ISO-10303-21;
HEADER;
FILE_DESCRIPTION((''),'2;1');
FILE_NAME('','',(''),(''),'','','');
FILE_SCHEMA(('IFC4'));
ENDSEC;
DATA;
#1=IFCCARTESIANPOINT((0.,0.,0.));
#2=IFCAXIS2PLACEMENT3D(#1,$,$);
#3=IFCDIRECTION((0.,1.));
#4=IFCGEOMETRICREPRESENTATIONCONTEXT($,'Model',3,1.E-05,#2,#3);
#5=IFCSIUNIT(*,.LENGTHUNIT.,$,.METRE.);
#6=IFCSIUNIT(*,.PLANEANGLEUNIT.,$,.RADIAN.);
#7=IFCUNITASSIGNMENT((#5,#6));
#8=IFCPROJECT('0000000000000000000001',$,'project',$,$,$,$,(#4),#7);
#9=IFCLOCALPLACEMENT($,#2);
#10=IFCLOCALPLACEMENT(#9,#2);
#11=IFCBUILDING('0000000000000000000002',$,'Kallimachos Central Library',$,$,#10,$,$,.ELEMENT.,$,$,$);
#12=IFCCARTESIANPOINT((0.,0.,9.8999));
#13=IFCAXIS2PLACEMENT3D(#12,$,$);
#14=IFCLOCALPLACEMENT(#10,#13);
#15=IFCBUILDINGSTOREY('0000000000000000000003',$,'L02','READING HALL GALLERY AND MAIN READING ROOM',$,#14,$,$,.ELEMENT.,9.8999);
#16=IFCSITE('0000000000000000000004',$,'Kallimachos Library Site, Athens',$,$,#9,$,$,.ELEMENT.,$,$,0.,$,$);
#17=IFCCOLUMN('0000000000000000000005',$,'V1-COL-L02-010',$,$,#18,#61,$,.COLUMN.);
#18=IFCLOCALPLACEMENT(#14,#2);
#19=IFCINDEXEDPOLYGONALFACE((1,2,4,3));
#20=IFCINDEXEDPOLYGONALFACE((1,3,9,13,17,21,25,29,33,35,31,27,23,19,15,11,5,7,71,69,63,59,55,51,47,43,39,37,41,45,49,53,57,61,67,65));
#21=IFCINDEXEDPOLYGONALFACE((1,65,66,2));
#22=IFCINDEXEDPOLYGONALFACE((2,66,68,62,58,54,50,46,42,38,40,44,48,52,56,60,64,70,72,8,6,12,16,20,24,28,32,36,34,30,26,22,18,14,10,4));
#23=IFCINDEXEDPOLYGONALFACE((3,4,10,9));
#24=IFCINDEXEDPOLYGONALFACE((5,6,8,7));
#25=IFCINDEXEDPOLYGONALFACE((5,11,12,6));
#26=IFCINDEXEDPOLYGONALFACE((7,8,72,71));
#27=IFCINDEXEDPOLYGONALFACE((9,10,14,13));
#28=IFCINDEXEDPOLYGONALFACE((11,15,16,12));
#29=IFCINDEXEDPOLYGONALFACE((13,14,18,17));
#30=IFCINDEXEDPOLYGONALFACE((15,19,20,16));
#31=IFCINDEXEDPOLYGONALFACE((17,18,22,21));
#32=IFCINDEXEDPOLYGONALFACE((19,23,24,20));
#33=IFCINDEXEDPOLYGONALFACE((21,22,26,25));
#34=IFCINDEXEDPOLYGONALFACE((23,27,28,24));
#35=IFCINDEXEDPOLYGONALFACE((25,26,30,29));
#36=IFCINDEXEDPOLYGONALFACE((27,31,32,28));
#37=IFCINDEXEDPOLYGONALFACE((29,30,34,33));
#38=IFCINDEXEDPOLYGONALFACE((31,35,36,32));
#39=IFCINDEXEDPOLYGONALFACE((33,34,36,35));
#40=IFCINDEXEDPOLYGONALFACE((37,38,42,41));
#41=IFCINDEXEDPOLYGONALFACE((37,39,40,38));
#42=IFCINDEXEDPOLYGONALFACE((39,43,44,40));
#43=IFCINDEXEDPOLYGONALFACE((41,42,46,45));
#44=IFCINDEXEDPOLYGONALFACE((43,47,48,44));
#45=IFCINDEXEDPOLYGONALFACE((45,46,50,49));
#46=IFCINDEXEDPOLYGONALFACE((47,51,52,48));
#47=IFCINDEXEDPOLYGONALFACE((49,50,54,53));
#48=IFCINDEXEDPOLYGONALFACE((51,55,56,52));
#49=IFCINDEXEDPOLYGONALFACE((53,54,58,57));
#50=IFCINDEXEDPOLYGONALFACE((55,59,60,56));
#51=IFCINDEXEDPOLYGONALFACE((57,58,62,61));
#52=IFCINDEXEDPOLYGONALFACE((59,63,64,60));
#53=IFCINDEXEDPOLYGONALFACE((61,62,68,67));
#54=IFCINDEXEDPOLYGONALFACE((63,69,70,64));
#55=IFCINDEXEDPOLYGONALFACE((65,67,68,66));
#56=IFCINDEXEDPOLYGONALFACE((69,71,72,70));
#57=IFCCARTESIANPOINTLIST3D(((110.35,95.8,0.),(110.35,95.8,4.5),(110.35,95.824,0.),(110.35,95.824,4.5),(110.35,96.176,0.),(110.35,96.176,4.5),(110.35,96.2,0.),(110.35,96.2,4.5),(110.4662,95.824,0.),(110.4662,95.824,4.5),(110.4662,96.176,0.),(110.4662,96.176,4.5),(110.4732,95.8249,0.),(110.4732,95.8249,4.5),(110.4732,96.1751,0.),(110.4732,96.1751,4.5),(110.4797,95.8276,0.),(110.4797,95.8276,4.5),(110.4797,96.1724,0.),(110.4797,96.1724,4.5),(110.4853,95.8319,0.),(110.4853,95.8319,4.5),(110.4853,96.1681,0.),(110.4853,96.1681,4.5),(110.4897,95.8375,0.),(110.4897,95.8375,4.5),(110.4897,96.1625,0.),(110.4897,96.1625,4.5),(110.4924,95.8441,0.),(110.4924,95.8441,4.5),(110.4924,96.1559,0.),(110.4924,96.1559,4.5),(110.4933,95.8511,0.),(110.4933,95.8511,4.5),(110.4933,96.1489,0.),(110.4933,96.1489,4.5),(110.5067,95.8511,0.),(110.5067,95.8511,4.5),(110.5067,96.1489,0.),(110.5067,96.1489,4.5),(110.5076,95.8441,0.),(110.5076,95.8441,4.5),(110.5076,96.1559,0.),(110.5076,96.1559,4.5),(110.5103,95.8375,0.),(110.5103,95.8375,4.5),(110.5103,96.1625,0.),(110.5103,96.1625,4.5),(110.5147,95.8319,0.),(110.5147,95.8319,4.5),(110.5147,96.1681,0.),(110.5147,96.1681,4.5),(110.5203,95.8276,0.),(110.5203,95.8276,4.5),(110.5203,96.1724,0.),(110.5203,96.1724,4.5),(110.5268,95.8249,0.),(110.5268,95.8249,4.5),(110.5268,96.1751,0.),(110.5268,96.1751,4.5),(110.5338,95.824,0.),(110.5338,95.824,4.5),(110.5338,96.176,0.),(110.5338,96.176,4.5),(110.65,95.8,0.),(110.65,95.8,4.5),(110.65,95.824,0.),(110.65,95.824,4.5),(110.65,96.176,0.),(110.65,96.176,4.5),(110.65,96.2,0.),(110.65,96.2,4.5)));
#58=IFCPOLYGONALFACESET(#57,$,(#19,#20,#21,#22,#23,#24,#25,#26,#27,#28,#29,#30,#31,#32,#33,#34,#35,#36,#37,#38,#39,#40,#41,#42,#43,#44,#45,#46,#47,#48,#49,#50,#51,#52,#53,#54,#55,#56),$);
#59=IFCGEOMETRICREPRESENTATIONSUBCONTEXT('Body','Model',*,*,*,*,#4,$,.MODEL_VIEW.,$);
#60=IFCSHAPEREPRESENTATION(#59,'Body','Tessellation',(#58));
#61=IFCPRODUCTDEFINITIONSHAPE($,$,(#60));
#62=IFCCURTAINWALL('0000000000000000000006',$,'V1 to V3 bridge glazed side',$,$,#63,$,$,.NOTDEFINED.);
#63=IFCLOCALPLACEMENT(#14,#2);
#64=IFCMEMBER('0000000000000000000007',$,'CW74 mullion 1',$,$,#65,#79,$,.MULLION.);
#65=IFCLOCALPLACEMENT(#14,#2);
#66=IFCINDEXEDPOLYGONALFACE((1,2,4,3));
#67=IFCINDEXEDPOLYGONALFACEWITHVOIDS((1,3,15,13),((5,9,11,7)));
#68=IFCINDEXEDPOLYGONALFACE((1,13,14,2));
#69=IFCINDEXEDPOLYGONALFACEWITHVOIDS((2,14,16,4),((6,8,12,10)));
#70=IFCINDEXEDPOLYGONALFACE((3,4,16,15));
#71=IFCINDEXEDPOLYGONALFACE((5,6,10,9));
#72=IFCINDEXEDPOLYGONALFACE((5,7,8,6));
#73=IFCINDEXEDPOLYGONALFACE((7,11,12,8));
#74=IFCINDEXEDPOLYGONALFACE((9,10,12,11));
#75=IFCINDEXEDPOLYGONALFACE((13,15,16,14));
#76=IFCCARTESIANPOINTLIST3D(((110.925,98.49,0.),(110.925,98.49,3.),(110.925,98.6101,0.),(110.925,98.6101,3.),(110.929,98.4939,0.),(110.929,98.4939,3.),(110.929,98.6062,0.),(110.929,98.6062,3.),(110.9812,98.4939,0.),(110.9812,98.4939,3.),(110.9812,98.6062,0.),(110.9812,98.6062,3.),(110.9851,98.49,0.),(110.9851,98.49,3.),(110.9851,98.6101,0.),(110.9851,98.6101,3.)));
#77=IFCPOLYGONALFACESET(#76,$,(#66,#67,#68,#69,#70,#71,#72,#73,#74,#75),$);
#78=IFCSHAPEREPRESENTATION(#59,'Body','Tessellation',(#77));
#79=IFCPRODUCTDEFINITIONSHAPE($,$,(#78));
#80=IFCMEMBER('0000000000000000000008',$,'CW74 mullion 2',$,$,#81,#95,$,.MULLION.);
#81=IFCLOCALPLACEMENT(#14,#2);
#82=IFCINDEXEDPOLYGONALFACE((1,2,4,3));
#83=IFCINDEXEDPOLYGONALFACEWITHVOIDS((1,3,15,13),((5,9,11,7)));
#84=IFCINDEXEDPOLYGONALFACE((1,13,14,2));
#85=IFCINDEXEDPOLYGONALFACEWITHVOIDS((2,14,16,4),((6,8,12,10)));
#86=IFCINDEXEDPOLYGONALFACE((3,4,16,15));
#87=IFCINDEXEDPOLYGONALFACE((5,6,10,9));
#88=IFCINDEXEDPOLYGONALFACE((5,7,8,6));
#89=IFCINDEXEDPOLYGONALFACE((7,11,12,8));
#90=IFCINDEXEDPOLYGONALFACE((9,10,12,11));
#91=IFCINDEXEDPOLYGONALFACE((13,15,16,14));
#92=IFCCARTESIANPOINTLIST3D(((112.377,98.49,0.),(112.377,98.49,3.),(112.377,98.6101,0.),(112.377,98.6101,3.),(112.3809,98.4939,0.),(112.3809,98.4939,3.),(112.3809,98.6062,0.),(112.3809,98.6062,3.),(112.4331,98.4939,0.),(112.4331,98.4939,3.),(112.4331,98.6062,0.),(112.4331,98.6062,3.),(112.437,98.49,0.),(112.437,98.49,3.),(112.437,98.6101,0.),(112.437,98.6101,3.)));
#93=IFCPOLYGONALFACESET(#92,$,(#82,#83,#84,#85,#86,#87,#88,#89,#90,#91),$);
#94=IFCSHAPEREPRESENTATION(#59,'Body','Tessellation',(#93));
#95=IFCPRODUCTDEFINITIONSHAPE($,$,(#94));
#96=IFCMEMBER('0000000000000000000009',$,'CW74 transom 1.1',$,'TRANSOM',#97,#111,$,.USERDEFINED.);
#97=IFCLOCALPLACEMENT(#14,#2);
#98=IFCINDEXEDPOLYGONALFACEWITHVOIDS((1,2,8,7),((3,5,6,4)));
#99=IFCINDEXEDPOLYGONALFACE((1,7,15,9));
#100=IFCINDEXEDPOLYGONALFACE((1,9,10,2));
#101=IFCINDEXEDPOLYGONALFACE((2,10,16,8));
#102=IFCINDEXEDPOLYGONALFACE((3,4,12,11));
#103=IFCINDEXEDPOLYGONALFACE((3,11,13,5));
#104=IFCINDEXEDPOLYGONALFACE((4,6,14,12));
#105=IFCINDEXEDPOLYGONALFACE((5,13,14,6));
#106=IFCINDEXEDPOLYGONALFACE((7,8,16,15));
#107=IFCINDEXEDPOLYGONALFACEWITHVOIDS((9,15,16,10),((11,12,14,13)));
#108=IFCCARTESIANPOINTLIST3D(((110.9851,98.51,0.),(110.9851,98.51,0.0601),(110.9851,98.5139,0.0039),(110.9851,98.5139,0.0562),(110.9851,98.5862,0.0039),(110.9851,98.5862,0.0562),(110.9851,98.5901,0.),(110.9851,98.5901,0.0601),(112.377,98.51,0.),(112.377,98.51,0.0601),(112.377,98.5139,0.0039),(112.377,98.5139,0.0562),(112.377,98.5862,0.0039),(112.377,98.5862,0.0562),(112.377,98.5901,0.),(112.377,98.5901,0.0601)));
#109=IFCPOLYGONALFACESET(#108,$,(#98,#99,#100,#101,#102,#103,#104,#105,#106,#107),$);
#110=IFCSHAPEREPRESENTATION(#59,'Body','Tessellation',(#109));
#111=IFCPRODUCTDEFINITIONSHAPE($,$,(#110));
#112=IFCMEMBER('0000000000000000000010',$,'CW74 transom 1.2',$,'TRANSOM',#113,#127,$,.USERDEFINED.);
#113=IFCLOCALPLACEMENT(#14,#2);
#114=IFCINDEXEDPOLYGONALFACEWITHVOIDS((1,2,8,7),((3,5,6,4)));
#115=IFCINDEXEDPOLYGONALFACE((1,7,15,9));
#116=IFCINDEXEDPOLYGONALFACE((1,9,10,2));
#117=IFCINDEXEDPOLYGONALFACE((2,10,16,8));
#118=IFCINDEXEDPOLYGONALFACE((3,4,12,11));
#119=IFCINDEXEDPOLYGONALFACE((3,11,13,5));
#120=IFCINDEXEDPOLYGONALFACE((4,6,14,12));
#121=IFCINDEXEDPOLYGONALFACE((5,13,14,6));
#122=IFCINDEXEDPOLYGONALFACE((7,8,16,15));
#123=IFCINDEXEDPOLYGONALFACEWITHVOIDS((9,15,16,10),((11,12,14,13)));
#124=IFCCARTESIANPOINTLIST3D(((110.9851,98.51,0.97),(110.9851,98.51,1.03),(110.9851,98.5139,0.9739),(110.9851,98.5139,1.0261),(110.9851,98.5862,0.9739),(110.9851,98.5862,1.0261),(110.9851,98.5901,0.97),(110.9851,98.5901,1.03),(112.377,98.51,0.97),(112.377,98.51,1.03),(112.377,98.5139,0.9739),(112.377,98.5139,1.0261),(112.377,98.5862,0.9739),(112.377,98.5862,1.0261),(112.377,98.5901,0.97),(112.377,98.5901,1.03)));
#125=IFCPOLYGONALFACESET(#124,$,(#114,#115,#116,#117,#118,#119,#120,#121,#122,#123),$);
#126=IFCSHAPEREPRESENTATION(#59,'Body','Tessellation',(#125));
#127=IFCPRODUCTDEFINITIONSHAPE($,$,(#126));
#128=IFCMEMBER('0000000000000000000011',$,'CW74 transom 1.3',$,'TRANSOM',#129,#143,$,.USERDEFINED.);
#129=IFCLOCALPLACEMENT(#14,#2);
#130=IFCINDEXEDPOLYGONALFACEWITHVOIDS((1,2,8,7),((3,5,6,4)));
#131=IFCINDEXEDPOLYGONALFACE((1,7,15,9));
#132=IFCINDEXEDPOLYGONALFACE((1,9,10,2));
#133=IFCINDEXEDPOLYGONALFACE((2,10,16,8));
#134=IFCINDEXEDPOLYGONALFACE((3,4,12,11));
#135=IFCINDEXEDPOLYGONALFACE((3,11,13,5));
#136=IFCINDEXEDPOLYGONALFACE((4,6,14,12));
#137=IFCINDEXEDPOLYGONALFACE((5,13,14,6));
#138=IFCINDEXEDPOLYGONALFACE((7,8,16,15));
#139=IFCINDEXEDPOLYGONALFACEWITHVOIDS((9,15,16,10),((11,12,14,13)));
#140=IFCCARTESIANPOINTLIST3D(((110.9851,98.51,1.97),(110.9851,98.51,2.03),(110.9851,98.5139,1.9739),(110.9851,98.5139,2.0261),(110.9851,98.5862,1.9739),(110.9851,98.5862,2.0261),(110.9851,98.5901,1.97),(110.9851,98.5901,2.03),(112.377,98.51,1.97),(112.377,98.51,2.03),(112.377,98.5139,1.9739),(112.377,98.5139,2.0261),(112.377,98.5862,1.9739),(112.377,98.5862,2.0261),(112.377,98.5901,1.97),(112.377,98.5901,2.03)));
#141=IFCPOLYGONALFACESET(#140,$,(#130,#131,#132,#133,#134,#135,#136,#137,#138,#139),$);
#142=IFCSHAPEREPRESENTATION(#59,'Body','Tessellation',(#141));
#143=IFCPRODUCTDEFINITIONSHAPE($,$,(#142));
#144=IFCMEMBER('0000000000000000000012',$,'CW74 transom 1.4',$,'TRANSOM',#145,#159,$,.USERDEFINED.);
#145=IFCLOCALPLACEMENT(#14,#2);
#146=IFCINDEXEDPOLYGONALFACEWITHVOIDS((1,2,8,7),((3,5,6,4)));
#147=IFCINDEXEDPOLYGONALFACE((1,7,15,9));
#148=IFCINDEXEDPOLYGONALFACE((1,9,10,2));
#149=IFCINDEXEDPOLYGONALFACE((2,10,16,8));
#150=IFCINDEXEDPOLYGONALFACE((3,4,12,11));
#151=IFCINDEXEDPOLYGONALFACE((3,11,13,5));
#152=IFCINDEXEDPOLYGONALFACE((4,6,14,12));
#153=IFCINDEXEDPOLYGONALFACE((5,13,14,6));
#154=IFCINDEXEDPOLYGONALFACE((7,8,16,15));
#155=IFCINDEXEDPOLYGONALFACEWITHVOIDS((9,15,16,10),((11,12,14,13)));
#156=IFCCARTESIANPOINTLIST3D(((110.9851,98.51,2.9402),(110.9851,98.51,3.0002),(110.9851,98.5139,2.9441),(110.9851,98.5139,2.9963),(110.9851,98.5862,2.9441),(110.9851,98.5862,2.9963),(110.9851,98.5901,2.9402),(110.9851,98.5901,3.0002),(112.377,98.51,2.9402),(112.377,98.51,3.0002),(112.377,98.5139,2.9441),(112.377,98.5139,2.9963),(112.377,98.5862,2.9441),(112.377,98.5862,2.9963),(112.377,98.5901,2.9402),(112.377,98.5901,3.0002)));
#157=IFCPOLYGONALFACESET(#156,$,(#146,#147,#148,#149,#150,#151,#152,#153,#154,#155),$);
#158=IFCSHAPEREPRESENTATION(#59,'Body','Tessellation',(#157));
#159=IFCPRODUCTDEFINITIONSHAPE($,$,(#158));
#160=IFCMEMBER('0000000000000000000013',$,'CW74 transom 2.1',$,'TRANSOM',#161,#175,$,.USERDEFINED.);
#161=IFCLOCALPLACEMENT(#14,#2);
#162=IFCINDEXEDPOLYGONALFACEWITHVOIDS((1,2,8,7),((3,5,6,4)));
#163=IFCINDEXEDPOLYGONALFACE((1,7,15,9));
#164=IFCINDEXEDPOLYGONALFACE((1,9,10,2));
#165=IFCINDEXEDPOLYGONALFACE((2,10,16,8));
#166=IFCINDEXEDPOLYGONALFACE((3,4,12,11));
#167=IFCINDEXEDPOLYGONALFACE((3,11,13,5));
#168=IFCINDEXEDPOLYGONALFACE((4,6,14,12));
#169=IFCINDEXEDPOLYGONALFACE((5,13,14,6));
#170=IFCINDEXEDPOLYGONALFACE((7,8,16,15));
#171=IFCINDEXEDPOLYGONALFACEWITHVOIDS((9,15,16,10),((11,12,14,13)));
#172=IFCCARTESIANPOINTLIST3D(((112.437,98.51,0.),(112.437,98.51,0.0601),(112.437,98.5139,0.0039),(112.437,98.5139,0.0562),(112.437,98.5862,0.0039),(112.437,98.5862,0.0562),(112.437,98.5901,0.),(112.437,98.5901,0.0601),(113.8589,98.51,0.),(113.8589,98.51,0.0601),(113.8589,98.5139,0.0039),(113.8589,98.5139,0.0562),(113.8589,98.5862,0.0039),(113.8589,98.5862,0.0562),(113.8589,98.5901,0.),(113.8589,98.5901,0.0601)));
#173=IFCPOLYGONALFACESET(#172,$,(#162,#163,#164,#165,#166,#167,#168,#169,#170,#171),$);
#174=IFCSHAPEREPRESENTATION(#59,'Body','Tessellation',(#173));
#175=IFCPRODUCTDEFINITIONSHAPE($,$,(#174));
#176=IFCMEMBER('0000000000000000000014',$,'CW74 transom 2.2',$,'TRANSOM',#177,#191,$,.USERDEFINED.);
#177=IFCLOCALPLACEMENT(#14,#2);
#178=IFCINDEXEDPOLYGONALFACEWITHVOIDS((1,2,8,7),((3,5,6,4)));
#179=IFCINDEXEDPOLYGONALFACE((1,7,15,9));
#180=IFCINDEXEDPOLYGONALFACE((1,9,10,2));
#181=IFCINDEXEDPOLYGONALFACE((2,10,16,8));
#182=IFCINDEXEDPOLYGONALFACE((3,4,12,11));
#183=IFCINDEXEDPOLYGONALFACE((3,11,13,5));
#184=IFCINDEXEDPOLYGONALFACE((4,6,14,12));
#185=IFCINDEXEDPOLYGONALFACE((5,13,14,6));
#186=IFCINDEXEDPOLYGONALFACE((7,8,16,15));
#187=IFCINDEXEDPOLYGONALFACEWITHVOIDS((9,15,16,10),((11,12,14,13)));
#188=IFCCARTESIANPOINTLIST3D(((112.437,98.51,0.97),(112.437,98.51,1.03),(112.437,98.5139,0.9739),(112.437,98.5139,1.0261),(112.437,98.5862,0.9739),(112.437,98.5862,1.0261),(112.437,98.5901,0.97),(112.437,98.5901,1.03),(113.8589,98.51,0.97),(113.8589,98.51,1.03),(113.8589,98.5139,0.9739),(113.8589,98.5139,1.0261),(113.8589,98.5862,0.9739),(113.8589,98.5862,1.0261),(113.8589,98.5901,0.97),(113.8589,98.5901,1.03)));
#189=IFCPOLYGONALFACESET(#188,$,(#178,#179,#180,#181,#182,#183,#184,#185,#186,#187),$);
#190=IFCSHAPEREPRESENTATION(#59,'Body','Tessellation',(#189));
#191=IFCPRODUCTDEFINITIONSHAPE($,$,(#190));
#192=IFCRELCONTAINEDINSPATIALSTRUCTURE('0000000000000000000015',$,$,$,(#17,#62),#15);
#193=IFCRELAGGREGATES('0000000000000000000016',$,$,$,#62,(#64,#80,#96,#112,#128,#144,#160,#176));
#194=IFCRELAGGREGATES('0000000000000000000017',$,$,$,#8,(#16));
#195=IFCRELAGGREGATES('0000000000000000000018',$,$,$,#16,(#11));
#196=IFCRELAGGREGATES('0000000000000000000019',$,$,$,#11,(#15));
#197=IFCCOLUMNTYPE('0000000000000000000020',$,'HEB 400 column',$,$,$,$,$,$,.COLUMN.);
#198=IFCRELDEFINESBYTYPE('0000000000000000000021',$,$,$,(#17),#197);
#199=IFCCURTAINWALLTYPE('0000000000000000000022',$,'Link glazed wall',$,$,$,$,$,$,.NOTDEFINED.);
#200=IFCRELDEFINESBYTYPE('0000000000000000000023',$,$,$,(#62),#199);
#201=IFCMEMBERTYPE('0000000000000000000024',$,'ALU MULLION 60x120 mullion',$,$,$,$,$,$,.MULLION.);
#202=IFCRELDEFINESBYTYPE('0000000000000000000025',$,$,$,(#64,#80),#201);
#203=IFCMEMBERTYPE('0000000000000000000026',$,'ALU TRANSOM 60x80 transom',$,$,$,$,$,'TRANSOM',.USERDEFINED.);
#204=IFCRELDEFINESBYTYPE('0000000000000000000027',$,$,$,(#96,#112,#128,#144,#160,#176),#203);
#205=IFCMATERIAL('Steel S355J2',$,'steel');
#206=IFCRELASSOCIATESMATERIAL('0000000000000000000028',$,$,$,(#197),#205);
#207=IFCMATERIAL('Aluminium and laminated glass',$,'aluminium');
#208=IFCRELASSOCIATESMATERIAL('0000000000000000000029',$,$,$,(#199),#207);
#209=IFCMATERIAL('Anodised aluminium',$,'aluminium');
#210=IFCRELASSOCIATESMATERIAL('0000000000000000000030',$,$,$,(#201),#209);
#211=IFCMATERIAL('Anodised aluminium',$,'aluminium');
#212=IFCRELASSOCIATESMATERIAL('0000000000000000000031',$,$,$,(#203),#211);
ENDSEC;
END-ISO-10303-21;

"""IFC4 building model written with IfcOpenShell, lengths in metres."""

from ifc_helpers import new_model, si_unit, direction, frame, origin, origin_2d, place, context, subcontext, project, spatial, hollow_rectangle, i_section, extrude, material, material_profile, profile_set, type_object, element, aggregate, save


model = new_model("IFC4")

# Units and contexts
model_context = context("Model", 3, precision=1e-05, world=origin(), true_north=direction((0.0, 1.0)))
body_context = subcontext(model_context, "Body", "Model", "MODEL_VIEW")
ifc_project = project(units=[si_unit("LENGTHUNIT", "METRE"), si_unit("PLANEANGLEUNIT", "RADIAN")], contexts=[model_context])

# Site, building, storey
site_placement = place(None, origin())
site = spatial("IfcSite", under=ifc_project, at=site_placement, Name="Kallimachos Library Site, Athens", CompositionType="ELEMENT", RefElevation=0.0)
building_placement = place(site_placement, origin())
building = spatial("IfcBuilding", under=site, at=building_placement, Name="Kallimachos Central Library", CompositionType="ELEMENT")
storey_placement = place(building_placement, frame((0.0, 0.0, 9.8999)))
storey = spatial("IfcBuildingStorey", under=building, at=storey_placement, Name="L02", Description="READING HALL GALLERY AND MAIN READING ROOM", CompositionType="ELEMENT", Elevation=9.8999)

# Column
ifc_material_1 = material(Name="Steel S355J2", Category="steel")
ifc_material_profile_1 = material_profile(ifc_material_1, i_section(OverallWidth=0.3, OverallDepth=0.3999, WebThickness=0.0134, FlangeThickness=0.0239, FilletRadius=0.0271, at=origin_2d()), Name="HEB 400")
ifc_profile_set_1 = profile_set([ifc_material_profile_1], Name="Steel S355J2")
column_type = type_object("IfcColumnType", Name="HEB 400 column", PredefinedType="COLUMN", material=ifc_profile_set_1)
column_placement = place(storey_placement, frame((110.5, 96.0, 0.0), z_axis=(0.0, 0.0, 1.0), x_axis=(1.0, 0.0, 0.0)))
element("IfcColumn", 1, at=column_placement, inside=storey, type_object=column_type, Name="V1-COL-L02-010", PredefinedType="COLUMN", context=body_context, shape_type="SweptSolid", body=[
    extrude(i_section(OverallWidth=0.3, OverallDepth=0.3999, WebThickness=0.0134, FlangeThickness=0.0239, FilletRadius=0.0271, at=origin_2d()), origin(), (0.0, 0.0, 1.0), 4.5),
])

# Curtain wall, members
ifc_material_2 = material(Name="Aluminium and laminated glass", Category="aluminium")
curtain_wall_type = type_object("IfcCurtainWallType", Name="Link glazed wall", PredefinedType="NOTDEFINED", material=ifc_material_2)
curtain_wall_placement = place(storey_placement, origin())
curtain_wall = element("IfcCurtainWall", 2, at=curtain_wall_placement, inside=storey, type_object=curtain_wall_type, Name="V1 to V3 bridge glazed side", PredefinedType="NOTDEFINED")
ifc_material_3 = material(Name="Anodised aluminium", Category="aluminium")
ifc_material_profile_2 = material_profile(ifc_material_3, hollow_rectangle(XDim=0.0601, YDim=0.1201, WallThickness=0.0039, at=origin_2d()), Name="ALU MULLION 60x120")
ifc_profile_set_2 = profile_set([ifc_material_profile_2], Name="Anodised aluminium")
member_type_1 = type_object("IfcMemberType", Name="ALU MULLION 60x120 mullion", PredefinedType="MULLION", material=ifc_profile_set_2)
member_1_placement = place(storey_placement, frame((110.9551, 98.55, 0.0), z_axis=(0.0, 0.0, 1.0), x_axis=(1.0, 0.0, 0.0)))
member_1 = element("IfcMember", 3, at=member_1_placement, type_object=member_type_1, Name="CW74 mullion 1", PredefinedType="MULLION", context=body_context, shape_type="SweptSolid", body=[
    extrude(hollow_rectangle(XDim=0.0601, YDim=0.1201, WallThickness=0.0039, at=origin_2d()), origin(), (0.0, 0.0, 1.0), 3.0),
])
member_2_placement = place(storey_placement, frame((112.407, 98.55, 0.0), z_axis=(0.0, 0.0, 1.0), x_axis=(1.0, 0.0, 0.0)))
member_2 = element("IfcMember", 4, at=member_2_placement, type_object=member_type_1, Name="CW74 mullion 2", PredefinedType="MULLION", context=body_context, shape_type="SweptSolid", body=[
    extrude(hollow_rectangle(XDim=0.0601, YDim=0.1201, WallThickness=0.0039, at=origin_2d()), origin(), (0.0, 0.0, 1.0), 3.0),
])
ifc_material_4 = material(Name="Anodised aluminium", Category="aluminium")
ifc_material_profile_3 = material_profile(ifc_material_4, hollow_rectangle(XDim=0.0601, YDim=0.0801, WallThickness=0.0039, at=origin_2d()), Name="ALU TRANSOM 60x80")
ifc_profile_set_3 = profile_set([ifc_material_profile_3], Name="Anodised aluminium")
member_type_2 = type_object("IfcMemberType", Name="ALU TRANSOM 60x80 transom", ElementType="TRANSOM", PredefinedType="USERDEFINED", material=ifc_profile_set_3)
member_3_placement = place(storey_placement, frame((110.9851, 98.55, 0.03), z_axis=(1.0, 0.0, 0.0), x_axis=(0.0, 0.0, 1.0)))
member_3 = element("IfcMember", 5, at=member_3_placement, type_object=member_type_2, Name="CW74 transom 1.1", ObjectType="TRANSOM", PredefinedType="USERDEFINED", context=body_context, shape_type="SweptSolid", body=[
    extrude(hollow_rectangle(XDim=0.0601, YDim=0.0801, WallThickness=0.0039, at=origin_2d()), origin(), (0.0, 0.0, 1.0), 1.3918),
])
member_4_placement = place(storey_placement, frame((110.9851, 98.55, 1.0), z_axis=(1.0, 0.0, 0.0), x_axis=(0.0, 0.0, 1.0)))
member_4 = element("IfcMember", 6, at=member_4_placement, type_object=member_type_2, Name="CW74 transom 1.2", ObjectType="TRANSOM", PredefinedType="USERDEFINED", context=body_context, shape_type="SweptSolid", body=[
    extrude(hollow_rectangle(XDim=0.0601, YDim=0.0801, WallThickness=0.0039, at=origin_2d()), origin(), (0.0, 0.0, 1.0), 1.3918),
])
member_5_placement = place(storey_placement, frame((110.9851, 98.55, 2.0), z_axis=(1.0, 0.0, 0.0), x_axis=(0.0, 0.0, 1.0)))
member_5 = element("IfcMember", 7, at=member_5_placement, type_object=member_type_2, Name="CW74 transom 1.3", ObjectType="TRANSOM", PredefinedType="USERDEFINED", context=body_context, shape_type="SweptSolid", body=[
    extrude(hollow_rectangle(XDim=0.0601, YDim=0.0801, WallThickness=0.0039, at=origin_2d()), origin(), (0.0, 0.0, 1.0), 1.3918),
])
member_6_placement = place(storey_placement, frame((110.9851, 98.55, 2.9702), z_axis=(1.0, 0.0, 0.0), x_axis=(0.0, 0.0, 1.0)))
member_6 = element("IfcMember", 8, at=member_6_placement, type_object=member_type_2, Name="CW74 transom 1.4", ObjectType="TRANSOM", PredefinedType="USERDEFINED", context=body_context, shape_type="SweptSolid", body=[
    extrude(hollow_rectangle(XDim=0.0601, YDim=0.0801, WallThickness=0.0039, at=origin_2d()), origin(), (0.0, 0.0, 1.0), 1.3918),
])
member_7_placement = place(storey_placement, frame((112.437, 98.55, 0.03), z_axis=(1.0, 0.0, 0.0), x_axis=(0.0, 0.0, 1.0)))
member_7 = element("IfcMember", 9, at=member_7_placement, type_object=member_type_2, Name="CW74 transom 2.1", ObjectType="TRANSOM", PredefinedType="USERDEFINED", context=body_context, shape_type="SweptSolid", body=[
    extrude(hollow_rectangle(XDim=0.0601, YDim=0.0801, WallThickness=0.0039, at=origin_2d()), origin(), (0.0, 0.0, 1.0), 1.4219),
])
member_8_placement = place(storey_placement, frame((112.437, 98.55, 1.0), z_axis=(1.0, 0.0, 0.0), x_axis=(0.0, 0.0, 1.0)))
member_8 = element("IfcMember", 10, at=member_8_placement, type_object=member_type_2, Name="CW74 transom 2.2", ObjectType="TRANSOM", PredefinedType="USERDEFINED", context=body_context, shape_type="SweptSolid", body=[
    extrude(hollow_rectangle(XDim=0.0601, YDim=0.0801, WallThickness=0.0039, at=origin_2d()), origin(), (0.0, 0.0, 1.0), 1.4219),
])

aggregate(curtain_wall, [member_1, member_2, member_3, member_4, member_5, member_6, member_7, member_8])

save(model, "model.ifc")
